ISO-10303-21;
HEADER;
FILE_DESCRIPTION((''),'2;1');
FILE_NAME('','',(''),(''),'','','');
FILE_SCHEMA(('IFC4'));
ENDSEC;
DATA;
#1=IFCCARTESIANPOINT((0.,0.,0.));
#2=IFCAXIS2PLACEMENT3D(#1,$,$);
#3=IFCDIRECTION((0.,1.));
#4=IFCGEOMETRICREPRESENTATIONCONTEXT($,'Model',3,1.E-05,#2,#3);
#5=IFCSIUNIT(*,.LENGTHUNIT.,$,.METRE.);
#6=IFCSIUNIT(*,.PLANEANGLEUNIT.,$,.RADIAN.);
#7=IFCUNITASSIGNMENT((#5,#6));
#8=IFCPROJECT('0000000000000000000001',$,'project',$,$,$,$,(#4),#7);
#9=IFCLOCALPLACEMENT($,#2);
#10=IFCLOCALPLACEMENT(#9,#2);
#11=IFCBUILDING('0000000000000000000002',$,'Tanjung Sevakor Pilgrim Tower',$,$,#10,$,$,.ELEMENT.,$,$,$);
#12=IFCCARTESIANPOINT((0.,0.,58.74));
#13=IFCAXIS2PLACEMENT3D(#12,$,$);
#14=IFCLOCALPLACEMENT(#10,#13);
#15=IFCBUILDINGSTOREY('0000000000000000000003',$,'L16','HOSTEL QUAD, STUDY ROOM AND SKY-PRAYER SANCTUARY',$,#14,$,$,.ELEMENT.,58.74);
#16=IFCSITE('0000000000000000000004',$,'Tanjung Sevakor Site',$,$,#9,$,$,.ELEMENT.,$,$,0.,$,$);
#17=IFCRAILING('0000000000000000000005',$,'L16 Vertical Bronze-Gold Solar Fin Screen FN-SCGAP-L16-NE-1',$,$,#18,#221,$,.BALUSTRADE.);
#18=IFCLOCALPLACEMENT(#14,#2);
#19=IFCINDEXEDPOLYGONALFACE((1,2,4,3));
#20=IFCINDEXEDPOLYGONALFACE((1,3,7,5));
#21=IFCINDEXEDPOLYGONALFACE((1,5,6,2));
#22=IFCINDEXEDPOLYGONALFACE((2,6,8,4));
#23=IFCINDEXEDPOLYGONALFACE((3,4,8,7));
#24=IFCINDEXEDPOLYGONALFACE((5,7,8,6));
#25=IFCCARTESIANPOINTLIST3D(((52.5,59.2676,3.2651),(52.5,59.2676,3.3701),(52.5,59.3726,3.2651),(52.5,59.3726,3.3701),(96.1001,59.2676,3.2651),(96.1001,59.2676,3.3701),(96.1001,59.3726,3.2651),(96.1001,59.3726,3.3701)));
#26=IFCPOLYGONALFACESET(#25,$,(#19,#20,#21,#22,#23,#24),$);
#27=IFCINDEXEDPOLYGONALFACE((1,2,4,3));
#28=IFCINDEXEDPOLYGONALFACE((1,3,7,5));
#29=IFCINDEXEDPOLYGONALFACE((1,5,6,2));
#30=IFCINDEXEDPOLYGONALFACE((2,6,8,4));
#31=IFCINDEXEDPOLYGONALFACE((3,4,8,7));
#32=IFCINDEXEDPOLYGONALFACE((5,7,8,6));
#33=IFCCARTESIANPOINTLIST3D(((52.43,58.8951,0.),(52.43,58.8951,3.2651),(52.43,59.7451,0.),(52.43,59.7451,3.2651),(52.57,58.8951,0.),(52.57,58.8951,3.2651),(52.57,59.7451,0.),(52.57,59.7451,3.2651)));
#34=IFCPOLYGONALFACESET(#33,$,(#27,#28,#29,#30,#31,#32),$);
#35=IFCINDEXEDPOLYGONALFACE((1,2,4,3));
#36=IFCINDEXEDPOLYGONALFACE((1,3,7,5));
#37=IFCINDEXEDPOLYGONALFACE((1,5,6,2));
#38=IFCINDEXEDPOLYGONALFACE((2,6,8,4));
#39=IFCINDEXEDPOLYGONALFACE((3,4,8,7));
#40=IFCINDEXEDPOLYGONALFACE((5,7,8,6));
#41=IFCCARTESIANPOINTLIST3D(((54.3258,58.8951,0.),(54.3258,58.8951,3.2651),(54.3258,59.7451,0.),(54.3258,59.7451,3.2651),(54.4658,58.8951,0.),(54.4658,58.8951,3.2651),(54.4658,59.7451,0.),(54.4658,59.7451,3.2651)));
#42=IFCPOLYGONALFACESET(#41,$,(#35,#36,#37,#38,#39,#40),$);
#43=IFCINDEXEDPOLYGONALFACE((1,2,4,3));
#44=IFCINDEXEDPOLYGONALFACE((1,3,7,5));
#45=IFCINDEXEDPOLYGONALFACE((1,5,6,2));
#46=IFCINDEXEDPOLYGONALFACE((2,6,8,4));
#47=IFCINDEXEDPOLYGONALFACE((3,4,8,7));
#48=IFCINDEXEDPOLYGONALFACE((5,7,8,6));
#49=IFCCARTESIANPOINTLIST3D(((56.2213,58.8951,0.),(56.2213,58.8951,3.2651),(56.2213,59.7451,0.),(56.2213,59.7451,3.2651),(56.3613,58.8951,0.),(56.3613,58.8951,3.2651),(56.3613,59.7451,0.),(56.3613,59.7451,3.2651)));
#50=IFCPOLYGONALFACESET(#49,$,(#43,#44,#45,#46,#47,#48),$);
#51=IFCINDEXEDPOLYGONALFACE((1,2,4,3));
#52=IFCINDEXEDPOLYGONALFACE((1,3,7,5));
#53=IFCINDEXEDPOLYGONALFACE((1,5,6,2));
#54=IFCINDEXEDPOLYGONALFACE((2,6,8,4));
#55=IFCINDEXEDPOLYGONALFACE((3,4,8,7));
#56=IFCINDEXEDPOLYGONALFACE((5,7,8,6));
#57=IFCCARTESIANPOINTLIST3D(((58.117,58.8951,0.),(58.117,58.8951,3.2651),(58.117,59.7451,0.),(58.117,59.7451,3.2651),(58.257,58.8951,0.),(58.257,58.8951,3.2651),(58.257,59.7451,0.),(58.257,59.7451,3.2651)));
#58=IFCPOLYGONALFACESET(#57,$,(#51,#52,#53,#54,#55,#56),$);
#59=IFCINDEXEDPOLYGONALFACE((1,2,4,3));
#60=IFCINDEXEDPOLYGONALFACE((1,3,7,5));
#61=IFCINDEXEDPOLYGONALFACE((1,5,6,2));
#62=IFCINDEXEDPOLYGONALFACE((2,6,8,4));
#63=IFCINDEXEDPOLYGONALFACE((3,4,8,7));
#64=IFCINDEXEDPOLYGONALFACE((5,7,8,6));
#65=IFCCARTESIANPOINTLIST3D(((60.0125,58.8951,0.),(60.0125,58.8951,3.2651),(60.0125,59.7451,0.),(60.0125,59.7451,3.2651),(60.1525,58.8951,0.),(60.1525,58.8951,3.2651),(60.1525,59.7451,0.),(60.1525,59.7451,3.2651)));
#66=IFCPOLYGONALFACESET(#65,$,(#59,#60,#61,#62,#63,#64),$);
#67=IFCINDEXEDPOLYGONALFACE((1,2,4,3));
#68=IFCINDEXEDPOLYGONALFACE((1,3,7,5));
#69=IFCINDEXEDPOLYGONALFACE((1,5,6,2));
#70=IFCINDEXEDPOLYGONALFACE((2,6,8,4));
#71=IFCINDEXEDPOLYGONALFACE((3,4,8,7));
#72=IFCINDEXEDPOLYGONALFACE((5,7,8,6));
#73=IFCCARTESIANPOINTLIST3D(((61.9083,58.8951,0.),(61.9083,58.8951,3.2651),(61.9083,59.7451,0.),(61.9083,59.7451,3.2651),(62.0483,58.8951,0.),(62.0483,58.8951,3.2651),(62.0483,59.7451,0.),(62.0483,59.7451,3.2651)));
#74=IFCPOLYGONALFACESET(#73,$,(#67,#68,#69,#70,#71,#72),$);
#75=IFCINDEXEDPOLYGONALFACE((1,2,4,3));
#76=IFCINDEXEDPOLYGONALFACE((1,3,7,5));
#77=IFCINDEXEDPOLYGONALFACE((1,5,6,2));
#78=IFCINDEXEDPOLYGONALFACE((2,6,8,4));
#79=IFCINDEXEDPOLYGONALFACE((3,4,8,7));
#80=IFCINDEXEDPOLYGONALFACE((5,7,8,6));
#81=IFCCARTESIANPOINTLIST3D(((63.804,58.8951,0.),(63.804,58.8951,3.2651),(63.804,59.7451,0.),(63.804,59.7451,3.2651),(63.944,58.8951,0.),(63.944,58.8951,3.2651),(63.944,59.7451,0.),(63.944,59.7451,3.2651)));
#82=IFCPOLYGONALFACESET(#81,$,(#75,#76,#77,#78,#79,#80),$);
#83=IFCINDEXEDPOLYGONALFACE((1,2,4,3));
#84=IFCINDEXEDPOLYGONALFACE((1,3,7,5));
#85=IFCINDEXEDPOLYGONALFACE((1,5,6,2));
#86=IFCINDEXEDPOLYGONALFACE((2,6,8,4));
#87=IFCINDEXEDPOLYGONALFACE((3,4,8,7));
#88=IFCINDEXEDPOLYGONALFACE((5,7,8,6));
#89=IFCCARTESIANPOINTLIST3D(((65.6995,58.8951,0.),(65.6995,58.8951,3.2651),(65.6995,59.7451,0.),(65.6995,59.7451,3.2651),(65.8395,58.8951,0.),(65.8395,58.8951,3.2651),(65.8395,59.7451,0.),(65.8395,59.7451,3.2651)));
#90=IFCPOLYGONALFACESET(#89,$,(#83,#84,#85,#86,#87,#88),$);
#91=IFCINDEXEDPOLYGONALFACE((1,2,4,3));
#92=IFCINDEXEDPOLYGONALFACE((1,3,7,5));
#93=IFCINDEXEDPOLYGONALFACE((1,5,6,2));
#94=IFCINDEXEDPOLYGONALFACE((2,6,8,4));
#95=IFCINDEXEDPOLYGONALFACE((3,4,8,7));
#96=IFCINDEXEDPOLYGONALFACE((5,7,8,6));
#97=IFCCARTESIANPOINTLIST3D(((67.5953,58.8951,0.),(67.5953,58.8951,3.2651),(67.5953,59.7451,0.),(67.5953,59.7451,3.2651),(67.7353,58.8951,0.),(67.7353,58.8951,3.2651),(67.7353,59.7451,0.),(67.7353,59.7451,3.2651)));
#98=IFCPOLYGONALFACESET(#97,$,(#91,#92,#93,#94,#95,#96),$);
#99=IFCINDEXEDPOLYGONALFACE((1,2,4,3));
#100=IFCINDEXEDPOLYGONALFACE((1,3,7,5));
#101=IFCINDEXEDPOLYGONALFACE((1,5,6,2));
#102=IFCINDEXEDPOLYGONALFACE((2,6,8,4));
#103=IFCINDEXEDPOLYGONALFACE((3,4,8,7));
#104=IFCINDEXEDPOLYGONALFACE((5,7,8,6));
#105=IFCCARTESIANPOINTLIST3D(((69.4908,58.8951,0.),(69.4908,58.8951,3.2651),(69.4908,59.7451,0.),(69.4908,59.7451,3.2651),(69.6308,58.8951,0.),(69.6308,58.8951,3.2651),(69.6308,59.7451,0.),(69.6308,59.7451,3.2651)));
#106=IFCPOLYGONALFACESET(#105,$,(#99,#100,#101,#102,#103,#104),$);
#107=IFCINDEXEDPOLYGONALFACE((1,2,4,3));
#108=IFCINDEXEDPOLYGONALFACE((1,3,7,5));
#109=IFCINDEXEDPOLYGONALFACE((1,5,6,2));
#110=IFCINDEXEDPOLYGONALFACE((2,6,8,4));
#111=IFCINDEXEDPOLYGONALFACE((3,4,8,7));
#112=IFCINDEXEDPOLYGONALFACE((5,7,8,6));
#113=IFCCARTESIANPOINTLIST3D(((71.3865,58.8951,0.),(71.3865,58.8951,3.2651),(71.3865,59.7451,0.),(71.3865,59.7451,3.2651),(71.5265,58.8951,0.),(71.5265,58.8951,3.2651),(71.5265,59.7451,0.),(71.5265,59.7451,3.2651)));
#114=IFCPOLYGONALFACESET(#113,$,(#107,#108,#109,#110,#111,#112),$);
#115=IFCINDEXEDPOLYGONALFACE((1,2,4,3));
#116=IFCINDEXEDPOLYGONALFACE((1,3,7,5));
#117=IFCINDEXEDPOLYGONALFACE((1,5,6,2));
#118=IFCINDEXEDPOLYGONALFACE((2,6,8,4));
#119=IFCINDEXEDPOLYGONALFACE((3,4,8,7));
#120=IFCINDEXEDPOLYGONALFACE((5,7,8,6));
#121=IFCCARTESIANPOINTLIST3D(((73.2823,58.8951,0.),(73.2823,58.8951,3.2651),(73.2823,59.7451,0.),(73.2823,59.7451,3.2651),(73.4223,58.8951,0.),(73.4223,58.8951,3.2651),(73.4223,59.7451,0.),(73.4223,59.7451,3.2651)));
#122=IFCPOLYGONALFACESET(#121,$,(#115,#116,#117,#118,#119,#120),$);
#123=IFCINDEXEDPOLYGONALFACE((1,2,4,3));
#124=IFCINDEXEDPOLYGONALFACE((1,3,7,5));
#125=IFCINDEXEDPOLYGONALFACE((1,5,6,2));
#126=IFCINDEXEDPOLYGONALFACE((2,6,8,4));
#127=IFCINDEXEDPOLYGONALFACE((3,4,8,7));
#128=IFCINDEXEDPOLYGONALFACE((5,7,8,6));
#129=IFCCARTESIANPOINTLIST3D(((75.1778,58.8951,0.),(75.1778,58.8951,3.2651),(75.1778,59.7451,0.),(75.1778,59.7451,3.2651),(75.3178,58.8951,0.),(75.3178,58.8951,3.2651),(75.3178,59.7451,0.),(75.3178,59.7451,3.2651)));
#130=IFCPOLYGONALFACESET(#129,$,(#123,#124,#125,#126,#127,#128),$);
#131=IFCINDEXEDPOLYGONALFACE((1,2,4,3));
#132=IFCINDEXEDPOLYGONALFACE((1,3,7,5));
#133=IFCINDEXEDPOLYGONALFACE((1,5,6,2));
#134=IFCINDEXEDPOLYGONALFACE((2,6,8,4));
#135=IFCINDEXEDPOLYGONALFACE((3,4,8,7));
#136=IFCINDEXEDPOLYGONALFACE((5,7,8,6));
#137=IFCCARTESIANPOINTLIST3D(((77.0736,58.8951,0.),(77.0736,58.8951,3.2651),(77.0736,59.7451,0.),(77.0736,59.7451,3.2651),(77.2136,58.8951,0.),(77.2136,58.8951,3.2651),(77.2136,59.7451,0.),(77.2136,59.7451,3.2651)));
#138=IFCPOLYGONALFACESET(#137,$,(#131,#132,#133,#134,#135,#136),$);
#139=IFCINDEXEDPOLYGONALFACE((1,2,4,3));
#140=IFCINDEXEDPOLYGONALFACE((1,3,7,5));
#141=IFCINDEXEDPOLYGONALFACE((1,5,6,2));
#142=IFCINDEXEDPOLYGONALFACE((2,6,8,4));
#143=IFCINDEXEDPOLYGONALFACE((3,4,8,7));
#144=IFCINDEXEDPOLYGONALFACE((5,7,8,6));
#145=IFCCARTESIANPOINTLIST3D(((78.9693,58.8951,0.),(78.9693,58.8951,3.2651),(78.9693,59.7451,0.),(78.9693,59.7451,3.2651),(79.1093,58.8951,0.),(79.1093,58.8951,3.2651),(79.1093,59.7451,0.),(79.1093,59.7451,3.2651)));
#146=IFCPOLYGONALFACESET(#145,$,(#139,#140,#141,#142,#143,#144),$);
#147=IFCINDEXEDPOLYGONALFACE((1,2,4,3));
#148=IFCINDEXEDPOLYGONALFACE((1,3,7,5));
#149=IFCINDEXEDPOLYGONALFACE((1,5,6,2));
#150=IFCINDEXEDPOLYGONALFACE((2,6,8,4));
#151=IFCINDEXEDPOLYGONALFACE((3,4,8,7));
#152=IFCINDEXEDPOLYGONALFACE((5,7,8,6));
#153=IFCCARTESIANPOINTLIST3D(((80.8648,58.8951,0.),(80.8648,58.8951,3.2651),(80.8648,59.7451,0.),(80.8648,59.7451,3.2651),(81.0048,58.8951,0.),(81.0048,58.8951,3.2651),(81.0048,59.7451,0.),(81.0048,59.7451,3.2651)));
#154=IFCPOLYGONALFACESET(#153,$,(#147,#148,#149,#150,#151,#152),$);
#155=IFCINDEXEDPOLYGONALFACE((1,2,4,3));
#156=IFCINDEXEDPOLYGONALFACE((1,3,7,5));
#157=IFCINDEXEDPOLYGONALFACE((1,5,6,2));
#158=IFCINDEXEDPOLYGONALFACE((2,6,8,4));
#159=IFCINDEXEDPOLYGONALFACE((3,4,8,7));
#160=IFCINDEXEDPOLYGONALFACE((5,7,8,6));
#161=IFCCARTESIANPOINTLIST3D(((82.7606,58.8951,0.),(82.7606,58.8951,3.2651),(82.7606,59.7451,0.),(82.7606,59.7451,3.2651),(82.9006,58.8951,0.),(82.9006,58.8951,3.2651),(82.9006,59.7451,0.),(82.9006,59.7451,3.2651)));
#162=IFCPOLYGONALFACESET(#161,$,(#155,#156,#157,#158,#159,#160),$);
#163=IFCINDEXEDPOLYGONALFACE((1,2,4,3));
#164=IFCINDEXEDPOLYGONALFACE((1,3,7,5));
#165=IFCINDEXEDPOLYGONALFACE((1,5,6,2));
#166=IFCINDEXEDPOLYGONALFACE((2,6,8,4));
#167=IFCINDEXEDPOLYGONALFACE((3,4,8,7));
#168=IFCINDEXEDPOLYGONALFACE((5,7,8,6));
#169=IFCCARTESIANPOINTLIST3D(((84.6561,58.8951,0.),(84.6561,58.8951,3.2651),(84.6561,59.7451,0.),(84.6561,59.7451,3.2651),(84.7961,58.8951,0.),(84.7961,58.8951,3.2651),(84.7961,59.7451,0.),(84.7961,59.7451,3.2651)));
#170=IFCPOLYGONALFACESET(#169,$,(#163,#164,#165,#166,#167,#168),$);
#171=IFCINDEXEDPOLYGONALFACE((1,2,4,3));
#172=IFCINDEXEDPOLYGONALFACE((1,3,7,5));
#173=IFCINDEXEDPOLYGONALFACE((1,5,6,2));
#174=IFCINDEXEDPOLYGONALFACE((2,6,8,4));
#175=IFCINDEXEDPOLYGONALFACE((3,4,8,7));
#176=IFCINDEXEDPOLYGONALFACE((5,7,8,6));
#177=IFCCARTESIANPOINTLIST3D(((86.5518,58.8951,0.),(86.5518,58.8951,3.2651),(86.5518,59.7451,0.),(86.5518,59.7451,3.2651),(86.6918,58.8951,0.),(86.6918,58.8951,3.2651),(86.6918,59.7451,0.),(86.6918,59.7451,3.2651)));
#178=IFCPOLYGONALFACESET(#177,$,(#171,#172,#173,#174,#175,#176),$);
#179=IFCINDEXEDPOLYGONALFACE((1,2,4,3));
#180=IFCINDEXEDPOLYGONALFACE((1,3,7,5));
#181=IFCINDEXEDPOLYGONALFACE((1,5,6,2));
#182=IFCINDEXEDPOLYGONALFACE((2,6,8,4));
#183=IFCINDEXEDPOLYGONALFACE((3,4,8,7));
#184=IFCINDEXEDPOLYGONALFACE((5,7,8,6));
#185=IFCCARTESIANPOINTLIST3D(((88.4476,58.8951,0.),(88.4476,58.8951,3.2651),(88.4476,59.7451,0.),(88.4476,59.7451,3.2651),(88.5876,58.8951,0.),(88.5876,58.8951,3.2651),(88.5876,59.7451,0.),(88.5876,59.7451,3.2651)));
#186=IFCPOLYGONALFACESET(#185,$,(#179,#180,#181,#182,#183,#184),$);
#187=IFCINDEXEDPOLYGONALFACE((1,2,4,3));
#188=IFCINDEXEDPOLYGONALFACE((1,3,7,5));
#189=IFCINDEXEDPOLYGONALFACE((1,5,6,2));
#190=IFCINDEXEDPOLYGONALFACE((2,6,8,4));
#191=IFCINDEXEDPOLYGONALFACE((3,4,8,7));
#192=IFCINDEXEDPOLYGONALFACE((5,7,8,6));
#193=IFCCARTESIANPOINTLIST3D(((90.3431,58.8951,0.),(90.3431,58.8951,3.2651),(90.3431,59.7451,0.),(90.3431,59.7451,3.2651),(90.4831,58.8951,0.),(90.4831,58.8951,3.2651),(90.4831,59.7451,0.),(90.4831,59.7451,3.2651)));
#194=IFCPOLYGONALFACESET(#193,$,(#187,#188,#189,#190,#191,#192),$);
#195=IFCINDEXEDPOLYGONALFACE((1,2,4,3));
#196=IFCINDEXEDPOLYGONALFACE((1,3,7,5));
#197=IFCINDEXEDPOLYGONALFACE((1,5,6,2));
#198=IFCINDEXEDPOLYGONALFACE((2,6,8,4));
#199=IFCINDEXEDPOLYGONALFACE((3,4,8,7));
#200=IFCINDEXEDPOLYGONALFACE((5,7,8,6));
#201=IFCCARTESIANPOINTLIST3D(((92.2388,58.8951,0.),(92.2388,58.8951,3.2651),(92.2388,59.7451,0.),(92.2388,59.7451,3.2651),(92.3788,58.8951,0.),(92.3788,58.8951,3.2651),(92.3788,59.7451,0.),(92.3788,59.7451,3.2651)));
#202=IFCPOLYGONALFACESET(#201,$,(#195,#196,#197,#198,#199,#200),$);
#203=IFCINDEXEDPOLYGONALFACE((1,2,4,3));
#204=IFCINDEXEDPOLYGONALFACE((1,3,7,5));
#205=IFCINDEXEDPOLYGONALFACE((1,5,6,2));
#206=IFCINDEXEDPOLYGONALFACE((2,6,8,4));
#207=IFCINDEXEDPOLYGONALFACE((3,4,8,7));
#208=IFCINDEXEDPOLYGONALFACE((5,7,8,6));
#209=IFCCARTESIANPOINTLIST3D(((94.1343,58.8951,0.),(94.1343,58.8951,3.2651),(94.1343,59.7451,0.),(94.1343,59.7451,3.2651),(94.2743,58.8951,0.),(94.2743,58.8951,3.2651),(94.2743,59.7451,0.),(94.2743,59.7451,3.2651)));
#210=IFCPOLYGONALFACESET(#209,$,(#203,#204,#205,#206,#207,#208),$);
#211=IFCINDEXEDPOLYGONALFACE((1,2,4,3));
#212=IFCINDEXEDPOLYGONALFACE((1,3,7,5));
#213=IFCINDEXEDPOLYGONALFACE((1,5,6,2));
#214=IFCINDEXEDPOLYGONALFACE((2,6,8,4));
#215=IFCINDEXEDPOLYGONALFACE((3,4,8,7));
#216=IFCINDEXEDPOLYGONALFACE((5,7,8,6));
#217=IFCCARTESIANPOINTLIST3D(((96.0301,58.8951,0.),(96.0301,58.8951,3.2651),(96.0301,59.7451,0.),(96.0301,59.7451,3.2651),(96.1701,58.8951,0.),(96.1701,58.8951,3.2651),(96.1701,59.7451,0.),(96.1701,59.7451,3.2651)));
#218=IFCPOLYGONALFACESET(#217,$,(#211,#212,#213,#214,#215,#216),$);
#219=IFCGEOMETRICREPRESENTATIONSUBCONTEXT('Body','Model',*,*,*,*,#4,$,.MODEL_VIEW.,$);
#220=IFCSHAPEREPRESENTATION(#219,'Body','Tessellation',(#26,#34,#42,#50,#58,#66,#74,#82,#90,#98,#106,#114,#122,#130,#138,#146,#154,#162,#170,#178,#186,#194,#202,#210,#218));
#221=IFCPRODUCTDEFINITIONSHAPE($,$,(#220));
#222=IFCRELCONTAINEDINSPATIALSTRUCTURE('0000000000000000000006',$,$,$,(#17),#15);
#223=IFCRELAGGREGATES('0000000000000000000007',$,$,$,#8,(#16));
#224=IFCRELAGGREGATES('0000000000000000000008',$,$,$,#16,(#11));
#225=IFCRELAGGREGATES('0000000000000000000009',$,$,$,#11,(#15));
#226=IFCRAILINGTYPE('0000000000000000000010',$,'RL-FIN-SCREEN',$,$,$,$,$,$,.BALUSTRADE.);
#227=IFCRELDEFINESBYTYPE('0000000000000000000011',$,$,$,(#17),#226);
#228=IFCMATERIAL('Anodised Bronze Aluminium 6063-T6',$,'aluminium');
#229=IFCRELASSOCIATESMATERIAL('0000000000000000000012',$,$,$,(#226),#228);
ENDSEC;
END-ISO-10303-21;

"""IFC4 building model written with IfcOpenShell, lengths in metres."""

from ifc_helpers import new_model, si_unit, direction, frame, origin, place, context, subcontext, project, spatial, rectangle, extrude, material, type_object, element, save


model = new_model("IFC4")

# Units and contexts
model_context = context("Model", 3, precision=1e-05, world=origin(), true_north=direction((0.0, 1.0)))
body_context = subcontext(model_context, "Body", "Model", "MODEL_VIEW")
ifc_project = project(units=[si_unit("LENGTHUNIT", "METRE"), si_unit("PLANEANGLEUNIT", "RADIAN")], contexts=[model_context])

# Site, building, storey
site_placement = place(None, origin())
site = spatial("IfcSite", under=ifc_project, at=site_placement, Name="Tanjung Sevakor Site", CompositionType="ELEMENT", RefElevation=0.0)
building_placement = place(site_placement, origin())
building = spatial("IfcBuilding", under=site, at=building_placement, Name="Tanjung Sevakor Pilgrim Tower", CompositionType="ELEMENT")
storey_placement = place(building_placement, frame((0.0, 0.0, 58.74)))
storey = spatial("IfcBuildingStorey", under=building, at=storey_placement, Name="L16", Description="HOSTEL QUAD, STUDY ROOM AND SKY-PRAYER SANCTUARY", CompositionType="ELEMENT", Elevation=58.74)

# Railing
ifc_material_1 = material(Name="Anodised Bronze Aluminium 6063-T6", Category="aluminium")
railing_type_1 = type_object("IfcRailingType", Name="RL-FIN-SCREEN", PredefinedType="BALUSTRADE", material=ifc_material_1)
railing_1_placement = place(storey_placement, frame((52.5, 59.3201, 0.0)))
element("IfcRailing", 1, at=railing_1_placement, inside=storey, type_object=railing_type_1, Name="L16 Vertical Bronze-Gold Solar Fin Screen FN-SCGAP-L16-NE-1", PredefinedType="BALUSTRADE", context=body_context, shape_type="SweptSolid", body=[
    extrude(rectangle(XDim=0.105, YDim=0.105), frame((0.0, 0.0, 3.3176), z_axis=(1.0, 0.0, 0.0), x_axis=(0.0, 1.0, 0.0)), (0.0, 0.0, 1.0), 43.6001),
    extrude(rectangle(XDim=0.14, YDim=0.85), origin(), (0.0, 0.0, 1.0), 3.2651),
    extrude(rectangle(XDim=0.14, YDim=0.85), frame((1.8958, 0.0, 0.0)), (0.0, 0.0, 1.0), 3.2651),
    extrude(rectangle(XDim=0.14, YDim=0.85), frame((3.7913, 0.0, 0.0)), (0.0, 0.0, 1.0), 3.2651),
    extrude(rectangle(XDim=0.14, YDim=0.85), frame((5.687, 0.0, 0.0)), (0.0, 0.0, 1.0), 3.2651),
    extrude(rectangle(XDim=0.14, YDim=0.85), frame((7.5825, 0.0, 0.0)), (0.0, 0.0, 1.0), 3.2651),
    extrude(rectangle(XDim=0.14, YDim=0.85), frame((9.4783, 0.0, 0.0)), (0.0, 0.0, 1.0), 3.2651),
    extrude(rectangle(XDim=0.14, YDim=0.85), frame((11.374, 0.0, 0.0)), (0.0, 0.0, 1.0), 3.2651),
    extrude(rectangle(XDim=0.14, YDim=0.85), frame((13.2695, 0.0, 0.0)), (0.0, 0.0, 1.0), 3.2651),
    extrude(rectangle(XDim=0.14, YDim=0.85), frame((15.1653, 0.0, 0.0)), (0.0, 0.0, 1.0), 3.2651),
    extrude(rectangle(XDim=0.14, YDim=0.85), frame((17.0608, 0.0, 0.0)), (0.0, 0.0, 1.0), 3.2651),
    extrude(rectangle(XDim=0.14, YDim=0.85), frame((18.9565, 0.0, 0.0)), (0.0, 0.0, 1.0), 3.2651),
    extrude(rectangle(XDim=0.14, YDim=0.85), frame((20.8523, 0.0, 0.0)), (0.0, 0.0, 1.0), 3.2651),
    extrude(rectangle(XDim=0.14, YDim=0.85), frame((22.7478, 0.0, 0.0)), (0.0, 0.0, 1.0), 3.2651),
    extrude(rectangle(XDim=0.14, YDim=0.85), frame((24.6436, 0.0, 0.0)), (0.0, 0.0, 1.0), 3.2651),
    extrude(rectangle(XDim=0.14, YDim=0.85), frame((26.5393, 0.0, 0.0)), (0.0, 0.0, 1.0), 3.2651),
    extrude(rectangle(XDim=0.14, YDim=0.85), frame((28.4348, 0.0, 0.0)), (0.0, 0.0, 1.0), 3.2651),
    extrude(rectangle(XDim=0.14, YDim=0.85), frame((30.3306, 0.0, 0.0)), (0.0, 0.0, 1.0), 3.2651),
    extrude(rectangle(XDim=0.14, YDim=0.85), frame((32.2261, 0.0, 0.0)), (0.0, 0.0, 1.0), 3.2651),
    extrude(rectangle(XDim=0.14, YDim=0.85), frame((34.1218, 0.0, 0.0)), (0.0, 0.0, 1.0), 3.2651),
    extrude(rectangle(XDim=0.14, YDim=0.85), frame((36.0176, 0.0, 0.0)), (0.0, 0.0, 1.0), 3.2651),
    extrude(rectangle(XDim=0.14, YDim=0.85), frame((37.9131, 0.0, 0.0)), (0.0, 0.0, 1.0), 3.2651),
    extrude(rectangle(XDim=0.14, YDim=0.85), frame((39.8088, 0.0, 0.0)), (0.0, 0.0, 1.0), 3.2651),
    extrude(rectangle(XDim=0.14, YDim=0.85), frame((41.7043, 0.0, 0.0)), (0.0, 0.0, 1.0), 3.2651),
    extrude(rectangle(XDim=0.14, YDim=0.85), frame((43.6001, 0.0, 0.0)), (0.0, 0.0, 1.0), 3.2651),
])

save(model, "model.ifc")
